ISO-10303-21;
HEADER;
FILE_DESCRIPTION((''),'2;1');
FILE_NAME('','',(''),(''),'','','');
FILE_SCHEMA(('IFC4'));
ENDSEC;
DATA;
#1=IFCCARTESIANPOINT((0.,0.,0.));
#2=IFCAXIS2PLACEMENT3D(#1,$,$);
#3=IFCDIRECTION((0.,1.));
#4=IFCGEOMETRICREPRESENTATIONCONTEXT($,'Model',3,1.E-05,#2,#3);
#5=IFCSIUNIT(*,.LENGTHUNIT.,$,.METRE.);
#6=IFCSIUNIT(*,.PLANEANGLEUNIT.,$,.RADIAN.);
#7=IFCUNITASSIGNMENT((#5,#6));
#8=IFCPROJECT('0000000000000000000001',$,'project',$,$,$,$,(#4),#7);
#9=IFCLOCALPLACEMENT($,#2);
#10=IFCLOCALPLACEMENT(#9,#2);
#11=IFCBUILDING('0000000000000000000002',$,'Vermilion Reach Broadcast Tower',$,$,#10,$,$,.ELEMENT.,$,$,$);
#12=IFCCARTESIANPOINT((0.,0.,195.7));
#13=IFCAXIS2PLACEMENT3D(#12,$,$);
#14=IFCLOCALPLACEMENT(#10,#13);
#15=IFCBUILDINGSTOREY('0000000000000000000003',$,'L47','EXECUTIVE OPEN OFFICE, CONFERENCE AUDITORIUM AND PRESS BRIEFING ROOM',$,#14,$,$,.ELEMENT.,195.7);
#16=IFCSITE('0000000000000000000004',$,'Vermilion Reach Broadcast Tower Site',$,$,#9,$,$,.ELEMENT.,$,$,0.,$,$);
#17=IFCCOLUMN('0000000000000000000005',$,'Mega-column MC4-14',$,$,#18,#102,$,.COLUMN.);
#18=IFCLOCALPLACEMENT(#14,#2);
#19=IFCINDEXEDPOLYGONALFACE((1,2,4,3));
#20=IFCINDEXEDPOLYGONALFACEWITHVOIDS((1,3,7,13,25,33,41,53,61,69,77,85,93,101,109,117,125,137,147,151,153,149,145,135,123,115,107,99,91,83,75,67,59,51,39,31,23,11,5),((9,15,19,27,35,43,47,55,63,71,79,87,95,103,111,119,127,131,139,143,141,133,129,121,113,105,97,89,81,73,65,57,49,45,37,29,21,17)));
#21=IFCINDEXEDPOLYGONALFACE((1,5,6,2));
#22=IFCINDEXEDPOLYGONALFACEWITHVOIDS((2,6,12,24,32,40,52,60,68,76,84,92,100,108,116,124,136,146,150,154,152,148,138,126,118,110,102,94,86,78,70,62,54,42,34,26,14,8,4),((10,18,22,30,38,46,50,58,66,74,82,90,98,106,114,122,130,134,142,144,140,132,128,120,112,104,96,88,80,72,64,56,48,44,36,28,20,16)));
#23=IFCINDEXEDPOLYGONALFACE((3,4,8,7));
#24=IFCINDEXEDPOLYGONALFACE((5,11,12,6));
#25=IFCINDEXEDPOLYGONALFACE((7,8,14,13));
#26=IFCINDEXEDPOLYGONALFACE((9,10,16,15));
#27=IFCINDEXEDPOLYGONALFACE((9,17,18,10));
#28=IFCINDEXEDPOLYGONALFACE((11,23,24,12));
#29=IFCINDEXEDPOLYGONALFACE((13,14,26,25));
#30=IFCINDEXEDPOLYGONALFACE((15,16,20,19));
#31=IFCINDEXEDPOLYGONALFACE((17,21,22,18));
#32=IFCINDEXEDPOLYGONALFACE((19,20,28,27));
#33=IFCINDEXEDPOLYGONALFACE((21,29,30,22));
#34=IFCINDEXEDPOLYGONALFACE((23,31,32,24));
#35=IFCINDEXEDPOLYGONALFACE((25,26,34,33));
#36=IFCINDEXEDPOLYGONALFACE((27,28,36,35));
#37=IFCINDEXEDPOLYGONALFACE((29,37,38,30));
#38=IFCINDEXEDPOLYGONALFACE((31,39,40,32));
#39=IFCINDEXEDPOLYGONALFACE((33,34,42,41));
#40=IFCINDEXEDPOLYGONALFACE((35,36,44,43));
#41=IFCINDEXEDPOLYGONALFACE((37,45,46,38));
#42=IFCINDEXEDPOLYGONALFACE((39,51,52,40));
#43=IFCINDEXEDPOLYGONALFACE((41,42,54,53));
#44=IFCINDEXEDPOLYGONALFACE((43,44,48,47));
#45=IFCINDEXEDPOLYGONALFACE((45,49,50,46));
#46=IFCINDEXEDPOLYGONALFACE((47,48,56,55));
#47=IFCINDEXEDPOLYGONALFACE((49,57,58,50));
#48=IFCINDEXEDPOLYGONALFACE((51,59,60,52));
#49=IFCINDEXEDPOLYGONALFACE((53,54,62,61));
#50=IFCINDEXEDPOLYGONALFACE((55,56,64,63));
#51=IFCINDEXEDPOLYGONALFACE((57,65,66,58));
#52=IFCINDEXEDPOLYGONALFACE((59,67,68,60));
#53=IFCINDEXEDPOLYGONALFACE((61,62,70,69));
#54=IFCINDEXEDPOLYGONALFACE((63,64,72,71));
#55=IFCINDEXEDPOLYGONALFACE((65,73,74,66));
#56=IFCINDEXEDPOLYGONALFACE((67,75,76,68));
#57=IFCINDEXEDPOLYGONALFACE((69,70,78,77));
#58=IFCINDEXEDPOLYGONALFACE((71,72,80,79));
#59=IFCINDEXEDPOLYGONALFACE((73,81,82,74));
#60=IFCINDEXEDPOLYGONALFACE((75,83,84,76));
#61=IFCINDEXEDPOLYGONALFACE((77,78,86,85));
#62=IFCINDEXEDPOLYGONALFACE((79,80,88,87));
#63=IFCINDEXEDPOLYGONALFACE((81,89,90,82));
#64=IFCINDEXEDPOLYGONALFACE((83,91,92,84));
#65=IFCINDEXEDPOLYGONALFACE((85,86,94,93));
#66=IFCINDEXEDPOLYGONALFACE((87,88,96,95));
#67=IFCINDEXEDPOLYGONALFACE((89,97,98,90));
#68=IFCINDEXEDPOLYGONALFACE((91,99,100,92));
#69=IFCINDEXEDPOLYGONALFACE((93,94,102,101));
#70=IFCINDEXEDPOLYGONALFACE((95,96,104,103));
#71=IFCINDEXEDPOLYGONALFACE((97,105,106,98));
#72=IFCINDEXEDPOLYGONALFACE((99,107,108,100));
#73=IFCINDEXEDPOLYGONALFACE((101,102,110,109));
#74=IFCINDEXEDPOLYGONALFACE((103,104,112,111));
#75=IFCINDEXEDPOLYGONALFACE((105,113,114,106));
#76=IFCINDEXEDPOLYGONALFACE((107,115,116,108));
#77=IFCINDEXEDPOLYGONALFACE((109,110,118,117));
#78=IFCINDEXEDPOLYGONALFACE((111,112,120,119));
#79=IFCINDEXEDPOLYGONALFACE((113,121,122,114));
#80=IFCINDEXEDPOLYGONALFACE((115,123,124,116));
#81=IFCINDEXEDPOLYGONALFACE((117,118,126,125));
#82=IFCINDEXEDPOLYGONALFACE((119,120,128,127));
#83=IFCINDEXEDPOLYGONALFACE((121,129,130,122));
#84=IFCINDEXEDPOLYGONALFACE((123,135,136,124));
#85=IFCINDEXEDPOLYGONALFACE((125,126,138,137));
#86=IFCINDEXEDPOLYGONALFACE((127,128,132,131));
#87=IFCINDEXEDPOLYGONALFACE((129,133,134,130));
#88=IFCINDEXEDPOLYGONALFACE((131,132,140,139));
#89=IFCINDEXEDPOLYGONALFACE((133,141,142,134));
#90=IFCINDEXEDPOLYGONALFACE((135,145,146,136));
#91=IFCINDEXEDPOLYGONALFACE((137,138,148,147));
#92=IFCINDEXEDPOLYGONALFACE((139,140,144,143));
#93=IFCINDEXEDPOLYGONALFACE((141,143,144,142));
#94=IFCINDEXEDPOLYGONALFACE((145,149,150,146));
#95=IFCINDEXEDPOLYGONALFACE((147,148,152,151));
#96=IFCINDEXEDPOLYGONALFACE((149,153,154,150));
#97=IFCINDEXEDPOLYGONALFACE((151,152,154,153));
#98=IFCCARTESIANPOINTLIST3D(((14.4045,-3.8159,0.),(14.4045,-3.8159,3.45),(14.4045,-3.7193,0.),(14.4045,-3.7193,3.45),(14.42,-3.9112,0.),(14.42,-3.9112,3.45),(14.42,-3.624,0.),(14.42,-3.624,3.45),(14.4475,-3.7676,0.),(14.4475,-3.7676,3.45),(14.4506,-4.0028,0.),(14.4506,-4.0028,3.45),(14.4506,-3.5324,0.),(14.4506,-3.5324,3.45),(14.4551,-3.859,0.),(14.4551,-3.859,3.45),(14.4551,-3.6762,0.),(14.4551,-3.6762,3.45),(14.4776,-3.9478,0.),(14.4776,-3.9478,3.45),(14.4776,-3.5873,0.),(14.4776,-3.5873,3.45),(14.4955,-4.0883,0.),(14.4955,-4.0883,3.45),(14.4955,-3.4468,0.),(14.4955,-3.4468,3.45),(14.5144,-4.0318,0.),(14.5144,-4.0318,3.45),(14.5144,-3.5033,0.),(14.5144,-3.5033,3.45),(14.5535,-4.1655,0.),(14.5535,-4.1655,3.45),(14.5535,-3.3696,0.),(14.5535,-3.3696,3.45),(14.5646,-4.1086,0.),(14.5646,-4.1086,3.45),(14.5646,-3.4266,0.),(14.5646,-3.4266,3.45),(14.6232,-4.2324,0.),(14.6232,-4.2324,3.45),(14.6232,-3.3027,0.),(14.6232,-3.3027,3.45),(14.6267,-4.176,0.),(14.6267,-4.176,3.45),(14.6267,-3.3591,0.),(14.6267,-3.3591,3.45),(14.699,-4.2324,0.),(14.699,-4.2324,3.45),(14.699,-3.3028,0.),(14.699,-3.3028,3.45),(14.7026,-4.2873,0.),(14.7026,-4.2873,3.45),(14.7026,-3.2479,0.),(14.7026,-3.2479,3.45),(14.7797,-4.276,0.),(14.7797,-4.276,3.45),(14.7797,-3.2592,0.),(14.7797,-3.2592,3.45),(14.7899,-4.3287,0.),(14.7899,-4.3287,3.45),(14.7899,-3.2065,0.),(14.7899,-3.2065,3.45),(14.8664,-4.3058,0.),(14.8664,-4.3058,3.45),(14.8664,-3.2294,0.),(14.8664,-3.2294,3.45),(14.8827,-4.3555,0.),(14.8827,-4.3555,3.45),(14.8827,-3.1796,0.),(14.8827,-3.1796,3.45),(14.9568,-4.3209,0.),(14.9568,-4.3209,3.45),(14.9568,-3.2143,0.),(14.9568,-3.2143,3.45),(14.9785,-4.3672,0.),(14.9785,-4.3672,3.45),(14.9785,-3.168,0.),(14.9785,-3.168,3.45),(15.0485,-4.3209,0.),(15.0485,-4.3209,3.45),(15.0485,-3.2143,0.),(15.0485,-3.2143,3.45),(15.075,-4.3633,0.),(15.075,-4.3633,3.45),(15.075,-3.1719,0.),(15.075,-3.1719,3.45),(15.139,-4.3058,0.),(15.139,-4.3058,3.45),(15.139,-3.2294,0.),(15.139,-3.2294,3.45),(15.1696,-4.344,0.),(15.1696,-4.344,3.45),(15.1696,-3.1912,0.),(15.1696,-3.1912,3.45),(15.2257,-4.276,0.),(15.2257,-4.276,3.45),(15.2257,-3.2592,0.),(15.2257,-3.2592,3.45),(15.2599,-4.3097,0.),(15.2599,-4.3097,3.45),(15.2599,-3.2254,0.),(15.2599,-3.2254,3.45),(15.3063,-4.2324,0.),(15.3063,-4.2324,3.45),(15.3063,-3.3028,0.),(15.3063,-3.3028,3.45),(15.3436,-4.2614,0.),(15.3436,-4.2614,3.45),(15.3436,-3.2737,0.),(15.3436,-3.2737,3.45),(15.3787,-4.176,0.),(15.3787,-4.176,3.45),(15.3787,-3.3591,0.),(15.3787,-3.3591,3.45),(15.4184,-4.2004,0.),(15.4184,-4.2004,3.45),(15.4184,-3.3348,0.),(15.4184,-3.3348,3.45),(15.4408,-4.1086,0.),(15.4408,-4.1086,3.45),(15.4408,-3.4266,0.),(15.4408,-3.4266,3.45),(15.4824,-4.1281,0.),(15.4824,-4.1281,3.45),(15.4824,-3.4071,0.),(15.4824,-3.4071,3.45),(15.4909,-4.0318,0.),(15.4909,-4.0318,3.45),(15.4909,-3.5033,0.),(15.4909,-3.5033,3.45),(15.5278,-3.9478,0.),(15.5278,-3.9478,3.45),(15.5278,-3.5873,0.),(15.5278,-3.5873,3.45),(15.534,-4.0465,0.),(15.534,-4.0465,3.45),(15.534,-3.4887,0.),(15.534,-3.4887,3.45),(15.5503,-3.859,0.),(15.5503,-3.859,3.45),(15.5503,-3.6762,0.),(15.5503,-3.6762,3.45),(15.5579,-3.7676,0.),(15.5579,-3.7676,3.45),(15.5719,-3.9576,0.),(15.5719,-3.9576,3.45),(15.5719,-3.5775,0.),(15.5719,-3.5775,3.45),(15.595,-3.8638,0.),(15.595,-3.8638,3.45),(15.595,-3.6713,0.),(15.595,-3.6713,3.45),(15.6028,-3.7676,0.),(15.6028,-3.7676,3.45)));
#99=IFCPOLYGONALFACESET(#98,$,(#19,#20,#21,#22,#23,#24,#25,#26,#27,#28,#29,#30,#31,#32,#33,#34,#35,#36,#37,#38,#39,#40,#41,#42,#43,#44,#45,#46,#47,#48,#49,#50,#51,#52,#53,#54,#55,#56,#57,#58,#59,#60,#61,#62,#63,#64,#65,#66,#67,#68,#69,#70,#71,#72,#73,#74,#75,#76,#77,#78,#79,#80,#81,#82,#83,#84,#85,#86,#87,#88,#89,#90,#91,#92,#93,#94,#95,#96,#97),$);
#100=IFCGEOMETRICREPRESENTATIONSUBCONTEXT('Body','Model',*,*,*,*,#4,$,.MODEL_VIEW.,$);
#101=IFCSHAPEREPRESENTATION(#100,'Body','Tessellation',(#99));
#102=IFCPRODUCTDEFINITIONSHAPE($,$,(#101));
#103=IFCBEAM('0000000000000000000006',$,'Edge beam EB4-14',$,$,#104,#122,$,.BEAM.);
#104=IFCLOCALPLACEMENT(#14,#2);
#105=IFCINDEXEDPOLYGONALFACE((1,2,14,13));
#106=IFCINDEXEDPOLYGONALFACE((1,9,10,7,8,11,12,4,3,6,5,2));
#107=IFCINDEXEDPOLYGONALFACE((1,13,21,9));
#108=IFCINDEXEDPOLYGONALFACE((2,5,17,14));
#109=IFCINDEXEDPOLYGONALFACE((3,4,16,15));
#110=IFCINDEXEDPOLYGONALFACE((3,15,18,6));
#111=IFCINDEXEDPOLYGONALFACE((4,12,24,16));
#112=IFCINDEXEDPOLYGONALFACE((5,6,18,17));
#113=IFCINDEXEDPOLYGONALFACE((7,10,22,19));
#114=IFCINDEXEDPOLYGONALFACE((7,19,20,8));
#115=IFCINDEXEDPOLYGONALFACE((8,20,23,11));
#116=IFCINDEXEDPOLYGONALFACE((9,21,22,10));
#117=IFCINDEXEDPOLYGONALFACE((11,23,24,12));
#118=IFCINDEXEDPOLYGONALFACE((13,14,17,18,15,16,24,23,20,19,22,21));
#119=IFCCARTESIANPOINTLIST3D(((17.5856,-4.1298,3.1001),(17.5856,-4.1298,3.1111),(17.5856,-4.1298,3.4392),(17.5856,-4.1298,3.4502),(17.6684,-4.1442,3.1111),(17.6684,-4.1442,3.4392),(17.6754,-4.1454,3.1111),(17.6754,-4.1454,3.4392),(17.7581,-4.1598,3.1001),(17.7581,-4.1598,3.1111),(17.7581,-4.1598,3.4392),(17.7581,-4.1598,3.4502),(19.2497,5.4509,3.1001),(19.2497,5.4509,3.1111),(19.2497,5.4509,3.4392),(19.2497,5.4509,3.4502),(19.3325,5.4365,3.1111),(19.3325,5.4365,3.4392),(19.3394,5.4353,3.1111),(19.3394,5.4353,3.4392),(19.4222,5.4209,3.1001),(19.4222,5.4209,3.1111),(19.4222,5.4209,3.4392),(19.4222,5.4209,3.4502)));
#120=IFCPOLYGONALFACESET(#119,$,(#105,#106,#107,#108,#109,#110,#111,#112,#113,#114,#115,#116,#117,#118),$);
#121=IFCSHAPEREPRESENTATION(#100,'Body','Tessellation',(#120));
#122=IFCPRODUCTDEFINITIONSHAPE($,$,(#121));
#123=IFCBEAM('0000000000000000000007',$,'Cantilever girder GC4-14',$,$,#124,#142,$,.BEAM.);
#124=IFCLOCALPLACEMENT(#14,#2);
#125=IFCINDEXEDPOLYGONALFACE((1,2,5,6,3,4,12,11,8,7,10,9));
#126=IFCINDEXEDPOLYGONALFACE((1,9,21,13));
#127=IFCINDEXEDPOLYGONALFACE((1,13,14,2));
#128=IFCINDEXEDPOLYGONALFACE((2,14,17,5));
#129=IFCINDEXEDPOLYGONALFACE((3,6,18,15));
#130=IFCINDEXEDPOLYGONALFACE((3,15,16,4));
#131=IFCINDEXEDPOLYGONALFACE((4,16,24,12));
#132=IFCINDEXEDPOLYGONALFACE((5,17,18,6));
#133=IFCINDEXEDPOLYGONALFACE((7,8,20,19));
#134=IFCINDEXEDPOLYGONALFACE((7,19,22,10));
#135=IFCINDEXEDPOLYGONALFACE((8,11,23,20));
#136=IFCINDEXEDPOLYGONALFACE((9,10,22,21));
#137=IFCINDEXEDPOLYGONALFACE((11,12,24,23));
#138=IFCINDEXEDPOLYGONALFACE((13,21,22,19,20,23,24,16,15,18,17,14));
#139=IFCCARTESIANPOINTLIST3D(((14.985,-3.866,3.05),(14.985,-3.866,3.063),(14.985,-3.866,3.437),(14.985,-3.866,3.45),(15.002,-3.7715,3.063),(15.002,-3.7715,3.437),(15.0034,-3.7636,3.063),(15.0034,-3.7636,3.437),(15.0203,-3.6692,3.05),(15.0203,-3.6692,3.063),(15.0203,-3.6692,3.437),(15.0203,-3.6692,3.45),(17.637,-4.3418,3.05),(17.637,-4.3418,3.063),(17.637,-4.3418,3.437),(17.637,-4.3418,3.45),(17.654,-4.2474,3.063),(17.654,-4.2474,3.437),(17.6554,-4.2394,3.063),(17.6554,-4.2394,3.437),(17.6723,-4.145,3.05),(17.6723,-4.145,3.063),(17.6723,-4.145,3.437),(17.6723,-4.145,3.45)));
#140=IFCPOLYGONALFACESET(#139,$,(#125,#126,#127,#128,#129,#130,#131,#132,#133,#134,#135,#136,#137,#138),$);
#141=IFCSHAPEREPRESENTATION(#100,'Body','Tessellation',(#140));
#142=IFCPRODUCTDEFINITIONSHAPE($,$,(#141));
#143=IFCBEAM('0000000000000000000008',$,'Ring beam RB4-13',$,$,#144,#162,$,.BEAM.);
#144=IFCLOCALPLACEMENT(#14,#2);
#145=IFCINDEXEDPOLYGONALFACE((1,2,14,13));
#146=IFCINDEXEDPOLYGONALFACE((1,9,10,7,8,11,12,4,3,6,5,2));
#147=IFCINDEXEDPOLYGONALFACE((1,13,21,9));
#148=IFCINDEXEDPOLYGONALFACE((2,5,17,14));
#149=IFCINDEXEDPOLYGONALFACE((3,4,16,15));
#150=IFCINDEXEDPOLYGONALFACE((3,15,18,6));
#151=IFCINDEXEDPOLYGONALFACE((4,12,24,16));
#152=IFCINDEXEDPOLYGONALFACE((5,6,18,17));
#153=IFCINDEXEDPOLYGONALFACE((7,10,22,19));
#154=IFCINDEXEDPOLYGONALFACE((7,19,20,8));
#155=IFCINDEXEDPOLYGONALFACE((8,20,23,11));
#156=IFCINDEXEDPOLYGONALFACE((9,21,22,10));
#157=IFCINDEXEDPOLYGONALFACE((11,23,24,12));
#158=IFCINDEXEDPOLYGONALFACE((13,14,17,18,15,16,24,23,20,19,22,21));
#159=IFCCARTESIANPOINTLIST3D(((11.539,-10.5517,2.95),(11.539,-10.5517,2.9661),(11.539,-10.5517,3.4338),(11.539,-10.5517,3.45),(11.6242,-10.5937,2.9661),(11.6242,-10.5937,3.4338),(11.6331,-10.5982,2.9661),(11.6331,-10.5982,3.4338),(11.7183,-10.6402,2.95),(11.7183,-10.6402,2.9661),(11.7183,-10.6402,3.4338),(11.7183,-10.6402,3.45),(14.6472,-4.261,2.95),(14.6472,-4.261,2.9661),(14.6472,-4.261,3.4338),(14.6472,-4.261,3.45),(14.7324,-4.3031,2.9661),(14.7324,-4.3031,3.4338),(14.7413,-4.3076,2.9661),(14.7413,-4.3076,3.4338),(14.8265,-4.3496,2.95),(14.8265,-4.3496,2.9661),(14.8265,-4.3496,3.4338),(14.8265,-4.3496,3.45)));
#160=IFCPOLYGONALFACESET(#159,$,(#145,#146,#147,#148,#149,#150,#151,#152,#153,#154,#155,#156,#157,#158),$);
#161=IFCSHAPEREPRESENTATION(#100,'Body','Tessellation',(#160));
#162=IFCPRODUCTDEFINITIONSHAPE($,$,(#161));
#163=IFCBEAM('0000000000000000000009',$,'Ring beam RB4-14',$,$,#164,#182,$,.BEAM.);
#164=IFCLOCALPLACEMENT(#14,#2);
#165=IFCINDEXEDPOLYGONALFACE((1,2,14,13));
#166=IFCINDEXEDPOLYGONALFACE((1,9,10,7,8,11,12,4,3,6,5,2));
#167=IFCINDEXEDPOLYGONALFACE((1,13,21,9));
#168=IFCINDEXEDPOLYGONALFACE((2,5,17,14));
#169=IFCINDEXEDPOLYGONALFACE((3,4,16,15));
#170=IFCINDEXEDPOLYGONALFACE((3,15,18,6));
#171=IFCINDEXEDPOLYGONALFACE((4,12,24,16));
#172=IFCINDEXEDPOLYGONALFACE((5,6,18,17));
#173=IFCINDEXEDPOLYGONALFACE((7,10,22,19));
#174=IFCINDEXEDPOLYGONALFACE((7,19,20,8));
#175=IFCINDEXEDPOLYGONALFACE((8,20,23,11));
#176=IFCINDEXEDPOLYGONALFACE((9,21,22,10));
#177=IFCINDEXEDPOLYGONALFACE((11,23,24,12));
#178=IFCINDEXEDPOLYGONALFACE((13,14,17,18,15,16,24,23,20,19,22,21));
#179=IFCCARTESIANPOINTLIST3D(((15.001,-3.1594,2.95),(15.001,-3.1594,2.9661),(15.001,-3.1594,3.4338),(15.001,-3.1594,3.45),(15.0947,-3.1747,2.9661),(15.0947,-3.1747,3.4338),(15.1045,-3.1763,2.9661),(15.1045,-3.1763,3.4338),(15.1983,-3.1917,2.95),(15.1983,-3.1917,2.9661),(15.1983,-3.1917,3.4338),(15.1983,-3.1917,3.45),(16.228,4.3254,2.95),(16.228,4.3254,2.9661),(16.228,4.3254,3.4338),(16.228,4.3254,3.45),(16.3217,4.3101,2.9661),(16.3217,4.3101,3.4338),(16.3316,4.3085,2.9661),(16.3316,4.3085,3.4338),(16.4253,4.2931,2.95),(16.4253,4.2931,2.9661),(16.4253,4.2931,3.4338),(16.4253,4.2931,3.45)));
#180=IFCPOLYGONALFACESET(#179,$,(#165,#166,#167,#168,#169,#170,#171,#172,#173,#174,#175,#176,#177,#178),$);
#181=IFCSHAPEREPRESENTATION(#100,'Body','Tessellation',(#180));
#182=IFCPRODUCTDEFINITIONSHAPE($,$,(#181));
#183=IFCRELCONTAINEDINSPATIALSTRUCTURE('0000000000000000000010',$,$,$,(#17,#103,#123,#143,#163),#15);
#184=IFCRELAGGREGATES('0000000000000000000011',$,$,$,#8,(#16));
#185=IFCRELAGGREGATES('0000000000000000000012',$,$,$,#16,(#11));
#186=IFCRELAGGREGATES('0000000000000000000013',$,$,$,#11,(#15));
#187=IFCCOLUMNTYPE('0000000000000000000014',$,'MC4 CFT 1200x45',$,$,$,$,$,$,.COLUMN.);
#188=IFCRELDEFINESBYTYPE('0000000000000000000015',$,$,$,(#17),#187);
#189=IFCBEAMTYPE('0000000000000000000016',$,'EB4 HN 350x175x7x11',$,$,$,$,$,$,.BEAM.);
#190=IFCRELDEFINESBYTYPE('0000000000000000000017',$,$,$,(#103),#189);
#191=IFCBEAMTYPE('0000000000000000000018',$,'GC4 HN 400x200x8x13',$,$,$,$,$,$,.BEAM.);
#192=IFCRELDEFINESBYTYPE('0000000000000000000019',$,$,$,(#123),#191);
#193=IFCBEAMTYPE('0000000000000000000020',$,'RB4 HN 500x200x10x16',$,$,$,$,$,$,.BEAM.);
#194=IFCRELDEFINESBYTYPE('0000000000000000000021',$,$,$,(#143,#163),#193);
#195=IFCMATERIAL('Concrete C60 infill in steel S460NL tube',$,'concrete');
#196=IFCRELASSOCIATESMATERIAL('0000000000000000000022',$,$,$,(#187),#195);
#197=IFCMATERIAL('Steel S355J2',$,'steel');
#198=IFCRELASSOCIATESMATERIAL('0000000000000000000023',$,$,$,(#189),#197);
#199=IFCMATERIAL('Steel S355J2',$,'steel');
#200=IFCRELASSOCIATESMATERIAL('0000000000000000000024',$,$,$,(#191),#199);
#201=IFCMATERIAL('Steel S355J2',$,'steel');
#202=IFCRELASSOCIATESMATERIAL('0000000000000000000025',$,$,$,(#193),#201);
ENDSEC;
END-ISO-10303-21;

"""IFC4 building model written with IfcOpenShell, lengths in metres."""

from ifc_helpers import new_model, si_unit, direction, frame, origin, origin_2d, place, context, subcontext, project, spatial, hollow_circle, i_section, extrude, material, material_profile, profile_set, type_object, element, save


model = new_model("IFC4")

# Units and contexts
model_context = context("Model", 3, precision=1e-05, world=origin(), true_north=direction((0.0, 1.0)))
body_context = subcontext(model_context, "Body", "Model", "MODEL_VIEW")
ifc_project = project(units=[si_unit("LENGTHUNIT", "METRE"), si_unit("PLANEANGLEUNIT", "RADIAN")], contexts=[model_context])

# Site, building, storey
site_placement = place(None, origin())
site = spatial("IfcSite", under=ifc_project, at=site_placement, Name="Vermilion Reach Broadcast Tower Site", CompositionType="ELEMENT", RefElevation=0.0)
building_placement = place(site_placement, origin())
building = spatial("IfcBuilding", under=site, at=building_placement, Name="Vermilion Reach Broadcast Tower", CompositionType="ELEMENT")
storey_placement = place(building_placement, frame((0.0, 0.0, 195.7)))
storey = spatial("IfcBuildingStorey", under=building, at=storey_placement, Name="L47", Description="EXECUTIVE OPEN OFFICE, CONFERENCE AUDITORIUM AND PRESS BRIEFING ROOM", CompositionType="ELEMENT", Elevation=195.7)

# Column
ifc_material_1 = material(Name="Concrete C60 infill in steel S460NL tube", Category="concrete")
ifc_material_profile_1 = material_profile(ifc_material_1, hollow_circle(Radius=0.6001, WallThickness=0.0449, at=origin_2d()), Name="Concrete C60 infill in steel S460NL tube CFT 1200x45")
ifc_profile_set_1 = profile_set([ifc_material_profile_1], Name="Concrete C60 infill in steel S460NL tube")
column_type = type_object("IfcColumnType", Name="MC4 CFT 1200x45", PredefinedType="COLUMN", material=ifc_profile_set_1)
column_placement = place(storey_placement, frame((15.0027, -3.7676, 0.0), z_axis=(0.0, 0.0, 1.0), x_axis=(1.0, 0.0, 0.0)))
element("IfcColumn", 1, at=column_placement, inside=storey, type_object=column_type, Name="Mega-column MC4-14", PredefinedType="COLUMN", context=body_context, shape_type="SweptSolid", body=[
    extrude(hollow_circle(Radius=0.6001, WallThickness=0.0449, at=origin_2d()), origin(), (0.0, 0.0, 1.0), 3.45),
])

# Beams
ifc_material_2 = material(Name="Steel S355J2", Category="steel")
ifc_material_profile_2 = material_profile(ifc_material_2, i_section(OverallWidth=0.175, OverallDepth=0.3501, WebThickness=0.0071, FlangeThickness=0.011, at=origin_2d()), Name="S355J2 HN 350x175x7x11")
ifc_profile_set_2 = profile_set([ifc_material_profile_2], Name="Steel S355J2")
beam_type_1 = type_object("IfcBeamType", Name="EB4 HN 350x175x7x11", PredefinedType="BEAM", material=ifc_profile_set_2)
beam_1_placement = place(storey_placement, frame((17.6719, -4.1448, 3.2751), z_axis=(0.171129, 0.985249, 0.0), x_axis=(-0.985249, 0.171129, 0.0)))
element("IfcBeam", 2, at=beam_1_placement, inside=storey, type_object=beam_type_1, Name="Edge beam EB4-14", PredefinedType="BEAM", context=body_context, shape_type="SweptSolid", body=[
    extrude(i_section(OverallWidth=0.175, OverallDepth=0.3501, WebThickness=0.0071, FlangeThickness=0.011, at=origin_2d()), origin(), (0.0, 0.0, 1.0), 9.7241),
])
ifc_material_3 = material(Name="Steel S355J2", Category="steel")
ifc_material_profile_3 = material_profile(ifc_material_3, i_section(OverallWidth=0.2, OverallDepth=0.3999, WebThickness=0.0081, FlangeThickness=0.0129, at=origin_2d()), Name="S355J2 HN 400x200x8x13")
ifc_profile_set_3 = profile_set([ifc_material_profile_3], Name="Steel S355J2")
beam_type_2 = type_object("IfcBeamType", Name="GC4 HN 400x200x8x13", PredefinedType="BEAM", material=ifc_profile_set_3)
beam_2_placement = place(storey_placement, frame((15.0027, -3.7676, 3.25), z_axis=(0.984283, -0.176597, 0.0), x_axis=(0.176597, 0.984283, 0.0)))
element("IfcBeam", 3, at=beam_2_placement, inside=storey, type_object=beam_type_2, Name="Cantilever girder GC4-14", PredefinedType="BEAM", context=body_context, shape_type="SweptSolid", body=[
    extrude(i_section(OverallWidth=0.2, OverallDepth=0.3999, WebThickness=0.0081, FlangeThickness=0.0129, at=origin_2d()), origin(), (0.0, 0.0, 1.0), 2.6943),
])
ifc_material_4 = material(Name="Steel S355J2", Category="steel")
ifc_material_profile_4 = material_profile(ifc_material_4, i_section(OverallWidth=0.2, OverallDepth=0.5, WebThickness=0.01, FlangeThickness=0.0161, at=origin_2d()), Name="S355J2 HN 500x200x10x16")
ifc_profile_set_4 = profile_set([ifc_material_profile_4], Name="Steel S355J2")
beam_type_3 = type_object("IfcBeamType", Name="RB4 HN 500x200x10x16", PredefinedType="BEAM", material=ifc_profile_set_4)
beam_3_placement = place(storey_placement, frame((11.6287, -10.5959, 3.2), z_axis=(0.442977, 0.896533, 0.0), x_axis=(-0.896533, 0.442977, 0.0)))
element("IfcBeam", 4, at=beam_3_placement, inside=storey, type_object=beam_type_3, Name="Ring beam RB4-13", PredefinedType="BEAM", context=body_context, shape_type="SweptSolid", body=[
    extrude(i_section(OverallWidth=0.2, OverallDepth=0.5, WebThickness=0.01, FlangeThickness=0.0161, at=origin_2d()), origin(), (0.0, 0.0, 1.0), 7.0166),
])
beam_4_placement = place(storey_placement, frame((15.0996, -3.1755, 3.2), z_axis=(0.161778, 0.986827, 0.0), x_axis=(-0.986827, 0.161778, 0.0)))
element("IfcBeam", 5, at=beam_4_placement, inside=storey, type_object=beam_type_3, Name="Ring beam RB4-14", PredefinedType="BEAM", context=body_context, shape_type="SweptSolid", body=[
    extrude(i_section(OverallWidth=0.2, OverallDepth=0.5, WebThickness=0.01, FlangeThickness=0.0161, at=origin_2d()), origin(), (0.0, 0.0, 1.0), 7.5847),
])

save(model, "model.ifc")
